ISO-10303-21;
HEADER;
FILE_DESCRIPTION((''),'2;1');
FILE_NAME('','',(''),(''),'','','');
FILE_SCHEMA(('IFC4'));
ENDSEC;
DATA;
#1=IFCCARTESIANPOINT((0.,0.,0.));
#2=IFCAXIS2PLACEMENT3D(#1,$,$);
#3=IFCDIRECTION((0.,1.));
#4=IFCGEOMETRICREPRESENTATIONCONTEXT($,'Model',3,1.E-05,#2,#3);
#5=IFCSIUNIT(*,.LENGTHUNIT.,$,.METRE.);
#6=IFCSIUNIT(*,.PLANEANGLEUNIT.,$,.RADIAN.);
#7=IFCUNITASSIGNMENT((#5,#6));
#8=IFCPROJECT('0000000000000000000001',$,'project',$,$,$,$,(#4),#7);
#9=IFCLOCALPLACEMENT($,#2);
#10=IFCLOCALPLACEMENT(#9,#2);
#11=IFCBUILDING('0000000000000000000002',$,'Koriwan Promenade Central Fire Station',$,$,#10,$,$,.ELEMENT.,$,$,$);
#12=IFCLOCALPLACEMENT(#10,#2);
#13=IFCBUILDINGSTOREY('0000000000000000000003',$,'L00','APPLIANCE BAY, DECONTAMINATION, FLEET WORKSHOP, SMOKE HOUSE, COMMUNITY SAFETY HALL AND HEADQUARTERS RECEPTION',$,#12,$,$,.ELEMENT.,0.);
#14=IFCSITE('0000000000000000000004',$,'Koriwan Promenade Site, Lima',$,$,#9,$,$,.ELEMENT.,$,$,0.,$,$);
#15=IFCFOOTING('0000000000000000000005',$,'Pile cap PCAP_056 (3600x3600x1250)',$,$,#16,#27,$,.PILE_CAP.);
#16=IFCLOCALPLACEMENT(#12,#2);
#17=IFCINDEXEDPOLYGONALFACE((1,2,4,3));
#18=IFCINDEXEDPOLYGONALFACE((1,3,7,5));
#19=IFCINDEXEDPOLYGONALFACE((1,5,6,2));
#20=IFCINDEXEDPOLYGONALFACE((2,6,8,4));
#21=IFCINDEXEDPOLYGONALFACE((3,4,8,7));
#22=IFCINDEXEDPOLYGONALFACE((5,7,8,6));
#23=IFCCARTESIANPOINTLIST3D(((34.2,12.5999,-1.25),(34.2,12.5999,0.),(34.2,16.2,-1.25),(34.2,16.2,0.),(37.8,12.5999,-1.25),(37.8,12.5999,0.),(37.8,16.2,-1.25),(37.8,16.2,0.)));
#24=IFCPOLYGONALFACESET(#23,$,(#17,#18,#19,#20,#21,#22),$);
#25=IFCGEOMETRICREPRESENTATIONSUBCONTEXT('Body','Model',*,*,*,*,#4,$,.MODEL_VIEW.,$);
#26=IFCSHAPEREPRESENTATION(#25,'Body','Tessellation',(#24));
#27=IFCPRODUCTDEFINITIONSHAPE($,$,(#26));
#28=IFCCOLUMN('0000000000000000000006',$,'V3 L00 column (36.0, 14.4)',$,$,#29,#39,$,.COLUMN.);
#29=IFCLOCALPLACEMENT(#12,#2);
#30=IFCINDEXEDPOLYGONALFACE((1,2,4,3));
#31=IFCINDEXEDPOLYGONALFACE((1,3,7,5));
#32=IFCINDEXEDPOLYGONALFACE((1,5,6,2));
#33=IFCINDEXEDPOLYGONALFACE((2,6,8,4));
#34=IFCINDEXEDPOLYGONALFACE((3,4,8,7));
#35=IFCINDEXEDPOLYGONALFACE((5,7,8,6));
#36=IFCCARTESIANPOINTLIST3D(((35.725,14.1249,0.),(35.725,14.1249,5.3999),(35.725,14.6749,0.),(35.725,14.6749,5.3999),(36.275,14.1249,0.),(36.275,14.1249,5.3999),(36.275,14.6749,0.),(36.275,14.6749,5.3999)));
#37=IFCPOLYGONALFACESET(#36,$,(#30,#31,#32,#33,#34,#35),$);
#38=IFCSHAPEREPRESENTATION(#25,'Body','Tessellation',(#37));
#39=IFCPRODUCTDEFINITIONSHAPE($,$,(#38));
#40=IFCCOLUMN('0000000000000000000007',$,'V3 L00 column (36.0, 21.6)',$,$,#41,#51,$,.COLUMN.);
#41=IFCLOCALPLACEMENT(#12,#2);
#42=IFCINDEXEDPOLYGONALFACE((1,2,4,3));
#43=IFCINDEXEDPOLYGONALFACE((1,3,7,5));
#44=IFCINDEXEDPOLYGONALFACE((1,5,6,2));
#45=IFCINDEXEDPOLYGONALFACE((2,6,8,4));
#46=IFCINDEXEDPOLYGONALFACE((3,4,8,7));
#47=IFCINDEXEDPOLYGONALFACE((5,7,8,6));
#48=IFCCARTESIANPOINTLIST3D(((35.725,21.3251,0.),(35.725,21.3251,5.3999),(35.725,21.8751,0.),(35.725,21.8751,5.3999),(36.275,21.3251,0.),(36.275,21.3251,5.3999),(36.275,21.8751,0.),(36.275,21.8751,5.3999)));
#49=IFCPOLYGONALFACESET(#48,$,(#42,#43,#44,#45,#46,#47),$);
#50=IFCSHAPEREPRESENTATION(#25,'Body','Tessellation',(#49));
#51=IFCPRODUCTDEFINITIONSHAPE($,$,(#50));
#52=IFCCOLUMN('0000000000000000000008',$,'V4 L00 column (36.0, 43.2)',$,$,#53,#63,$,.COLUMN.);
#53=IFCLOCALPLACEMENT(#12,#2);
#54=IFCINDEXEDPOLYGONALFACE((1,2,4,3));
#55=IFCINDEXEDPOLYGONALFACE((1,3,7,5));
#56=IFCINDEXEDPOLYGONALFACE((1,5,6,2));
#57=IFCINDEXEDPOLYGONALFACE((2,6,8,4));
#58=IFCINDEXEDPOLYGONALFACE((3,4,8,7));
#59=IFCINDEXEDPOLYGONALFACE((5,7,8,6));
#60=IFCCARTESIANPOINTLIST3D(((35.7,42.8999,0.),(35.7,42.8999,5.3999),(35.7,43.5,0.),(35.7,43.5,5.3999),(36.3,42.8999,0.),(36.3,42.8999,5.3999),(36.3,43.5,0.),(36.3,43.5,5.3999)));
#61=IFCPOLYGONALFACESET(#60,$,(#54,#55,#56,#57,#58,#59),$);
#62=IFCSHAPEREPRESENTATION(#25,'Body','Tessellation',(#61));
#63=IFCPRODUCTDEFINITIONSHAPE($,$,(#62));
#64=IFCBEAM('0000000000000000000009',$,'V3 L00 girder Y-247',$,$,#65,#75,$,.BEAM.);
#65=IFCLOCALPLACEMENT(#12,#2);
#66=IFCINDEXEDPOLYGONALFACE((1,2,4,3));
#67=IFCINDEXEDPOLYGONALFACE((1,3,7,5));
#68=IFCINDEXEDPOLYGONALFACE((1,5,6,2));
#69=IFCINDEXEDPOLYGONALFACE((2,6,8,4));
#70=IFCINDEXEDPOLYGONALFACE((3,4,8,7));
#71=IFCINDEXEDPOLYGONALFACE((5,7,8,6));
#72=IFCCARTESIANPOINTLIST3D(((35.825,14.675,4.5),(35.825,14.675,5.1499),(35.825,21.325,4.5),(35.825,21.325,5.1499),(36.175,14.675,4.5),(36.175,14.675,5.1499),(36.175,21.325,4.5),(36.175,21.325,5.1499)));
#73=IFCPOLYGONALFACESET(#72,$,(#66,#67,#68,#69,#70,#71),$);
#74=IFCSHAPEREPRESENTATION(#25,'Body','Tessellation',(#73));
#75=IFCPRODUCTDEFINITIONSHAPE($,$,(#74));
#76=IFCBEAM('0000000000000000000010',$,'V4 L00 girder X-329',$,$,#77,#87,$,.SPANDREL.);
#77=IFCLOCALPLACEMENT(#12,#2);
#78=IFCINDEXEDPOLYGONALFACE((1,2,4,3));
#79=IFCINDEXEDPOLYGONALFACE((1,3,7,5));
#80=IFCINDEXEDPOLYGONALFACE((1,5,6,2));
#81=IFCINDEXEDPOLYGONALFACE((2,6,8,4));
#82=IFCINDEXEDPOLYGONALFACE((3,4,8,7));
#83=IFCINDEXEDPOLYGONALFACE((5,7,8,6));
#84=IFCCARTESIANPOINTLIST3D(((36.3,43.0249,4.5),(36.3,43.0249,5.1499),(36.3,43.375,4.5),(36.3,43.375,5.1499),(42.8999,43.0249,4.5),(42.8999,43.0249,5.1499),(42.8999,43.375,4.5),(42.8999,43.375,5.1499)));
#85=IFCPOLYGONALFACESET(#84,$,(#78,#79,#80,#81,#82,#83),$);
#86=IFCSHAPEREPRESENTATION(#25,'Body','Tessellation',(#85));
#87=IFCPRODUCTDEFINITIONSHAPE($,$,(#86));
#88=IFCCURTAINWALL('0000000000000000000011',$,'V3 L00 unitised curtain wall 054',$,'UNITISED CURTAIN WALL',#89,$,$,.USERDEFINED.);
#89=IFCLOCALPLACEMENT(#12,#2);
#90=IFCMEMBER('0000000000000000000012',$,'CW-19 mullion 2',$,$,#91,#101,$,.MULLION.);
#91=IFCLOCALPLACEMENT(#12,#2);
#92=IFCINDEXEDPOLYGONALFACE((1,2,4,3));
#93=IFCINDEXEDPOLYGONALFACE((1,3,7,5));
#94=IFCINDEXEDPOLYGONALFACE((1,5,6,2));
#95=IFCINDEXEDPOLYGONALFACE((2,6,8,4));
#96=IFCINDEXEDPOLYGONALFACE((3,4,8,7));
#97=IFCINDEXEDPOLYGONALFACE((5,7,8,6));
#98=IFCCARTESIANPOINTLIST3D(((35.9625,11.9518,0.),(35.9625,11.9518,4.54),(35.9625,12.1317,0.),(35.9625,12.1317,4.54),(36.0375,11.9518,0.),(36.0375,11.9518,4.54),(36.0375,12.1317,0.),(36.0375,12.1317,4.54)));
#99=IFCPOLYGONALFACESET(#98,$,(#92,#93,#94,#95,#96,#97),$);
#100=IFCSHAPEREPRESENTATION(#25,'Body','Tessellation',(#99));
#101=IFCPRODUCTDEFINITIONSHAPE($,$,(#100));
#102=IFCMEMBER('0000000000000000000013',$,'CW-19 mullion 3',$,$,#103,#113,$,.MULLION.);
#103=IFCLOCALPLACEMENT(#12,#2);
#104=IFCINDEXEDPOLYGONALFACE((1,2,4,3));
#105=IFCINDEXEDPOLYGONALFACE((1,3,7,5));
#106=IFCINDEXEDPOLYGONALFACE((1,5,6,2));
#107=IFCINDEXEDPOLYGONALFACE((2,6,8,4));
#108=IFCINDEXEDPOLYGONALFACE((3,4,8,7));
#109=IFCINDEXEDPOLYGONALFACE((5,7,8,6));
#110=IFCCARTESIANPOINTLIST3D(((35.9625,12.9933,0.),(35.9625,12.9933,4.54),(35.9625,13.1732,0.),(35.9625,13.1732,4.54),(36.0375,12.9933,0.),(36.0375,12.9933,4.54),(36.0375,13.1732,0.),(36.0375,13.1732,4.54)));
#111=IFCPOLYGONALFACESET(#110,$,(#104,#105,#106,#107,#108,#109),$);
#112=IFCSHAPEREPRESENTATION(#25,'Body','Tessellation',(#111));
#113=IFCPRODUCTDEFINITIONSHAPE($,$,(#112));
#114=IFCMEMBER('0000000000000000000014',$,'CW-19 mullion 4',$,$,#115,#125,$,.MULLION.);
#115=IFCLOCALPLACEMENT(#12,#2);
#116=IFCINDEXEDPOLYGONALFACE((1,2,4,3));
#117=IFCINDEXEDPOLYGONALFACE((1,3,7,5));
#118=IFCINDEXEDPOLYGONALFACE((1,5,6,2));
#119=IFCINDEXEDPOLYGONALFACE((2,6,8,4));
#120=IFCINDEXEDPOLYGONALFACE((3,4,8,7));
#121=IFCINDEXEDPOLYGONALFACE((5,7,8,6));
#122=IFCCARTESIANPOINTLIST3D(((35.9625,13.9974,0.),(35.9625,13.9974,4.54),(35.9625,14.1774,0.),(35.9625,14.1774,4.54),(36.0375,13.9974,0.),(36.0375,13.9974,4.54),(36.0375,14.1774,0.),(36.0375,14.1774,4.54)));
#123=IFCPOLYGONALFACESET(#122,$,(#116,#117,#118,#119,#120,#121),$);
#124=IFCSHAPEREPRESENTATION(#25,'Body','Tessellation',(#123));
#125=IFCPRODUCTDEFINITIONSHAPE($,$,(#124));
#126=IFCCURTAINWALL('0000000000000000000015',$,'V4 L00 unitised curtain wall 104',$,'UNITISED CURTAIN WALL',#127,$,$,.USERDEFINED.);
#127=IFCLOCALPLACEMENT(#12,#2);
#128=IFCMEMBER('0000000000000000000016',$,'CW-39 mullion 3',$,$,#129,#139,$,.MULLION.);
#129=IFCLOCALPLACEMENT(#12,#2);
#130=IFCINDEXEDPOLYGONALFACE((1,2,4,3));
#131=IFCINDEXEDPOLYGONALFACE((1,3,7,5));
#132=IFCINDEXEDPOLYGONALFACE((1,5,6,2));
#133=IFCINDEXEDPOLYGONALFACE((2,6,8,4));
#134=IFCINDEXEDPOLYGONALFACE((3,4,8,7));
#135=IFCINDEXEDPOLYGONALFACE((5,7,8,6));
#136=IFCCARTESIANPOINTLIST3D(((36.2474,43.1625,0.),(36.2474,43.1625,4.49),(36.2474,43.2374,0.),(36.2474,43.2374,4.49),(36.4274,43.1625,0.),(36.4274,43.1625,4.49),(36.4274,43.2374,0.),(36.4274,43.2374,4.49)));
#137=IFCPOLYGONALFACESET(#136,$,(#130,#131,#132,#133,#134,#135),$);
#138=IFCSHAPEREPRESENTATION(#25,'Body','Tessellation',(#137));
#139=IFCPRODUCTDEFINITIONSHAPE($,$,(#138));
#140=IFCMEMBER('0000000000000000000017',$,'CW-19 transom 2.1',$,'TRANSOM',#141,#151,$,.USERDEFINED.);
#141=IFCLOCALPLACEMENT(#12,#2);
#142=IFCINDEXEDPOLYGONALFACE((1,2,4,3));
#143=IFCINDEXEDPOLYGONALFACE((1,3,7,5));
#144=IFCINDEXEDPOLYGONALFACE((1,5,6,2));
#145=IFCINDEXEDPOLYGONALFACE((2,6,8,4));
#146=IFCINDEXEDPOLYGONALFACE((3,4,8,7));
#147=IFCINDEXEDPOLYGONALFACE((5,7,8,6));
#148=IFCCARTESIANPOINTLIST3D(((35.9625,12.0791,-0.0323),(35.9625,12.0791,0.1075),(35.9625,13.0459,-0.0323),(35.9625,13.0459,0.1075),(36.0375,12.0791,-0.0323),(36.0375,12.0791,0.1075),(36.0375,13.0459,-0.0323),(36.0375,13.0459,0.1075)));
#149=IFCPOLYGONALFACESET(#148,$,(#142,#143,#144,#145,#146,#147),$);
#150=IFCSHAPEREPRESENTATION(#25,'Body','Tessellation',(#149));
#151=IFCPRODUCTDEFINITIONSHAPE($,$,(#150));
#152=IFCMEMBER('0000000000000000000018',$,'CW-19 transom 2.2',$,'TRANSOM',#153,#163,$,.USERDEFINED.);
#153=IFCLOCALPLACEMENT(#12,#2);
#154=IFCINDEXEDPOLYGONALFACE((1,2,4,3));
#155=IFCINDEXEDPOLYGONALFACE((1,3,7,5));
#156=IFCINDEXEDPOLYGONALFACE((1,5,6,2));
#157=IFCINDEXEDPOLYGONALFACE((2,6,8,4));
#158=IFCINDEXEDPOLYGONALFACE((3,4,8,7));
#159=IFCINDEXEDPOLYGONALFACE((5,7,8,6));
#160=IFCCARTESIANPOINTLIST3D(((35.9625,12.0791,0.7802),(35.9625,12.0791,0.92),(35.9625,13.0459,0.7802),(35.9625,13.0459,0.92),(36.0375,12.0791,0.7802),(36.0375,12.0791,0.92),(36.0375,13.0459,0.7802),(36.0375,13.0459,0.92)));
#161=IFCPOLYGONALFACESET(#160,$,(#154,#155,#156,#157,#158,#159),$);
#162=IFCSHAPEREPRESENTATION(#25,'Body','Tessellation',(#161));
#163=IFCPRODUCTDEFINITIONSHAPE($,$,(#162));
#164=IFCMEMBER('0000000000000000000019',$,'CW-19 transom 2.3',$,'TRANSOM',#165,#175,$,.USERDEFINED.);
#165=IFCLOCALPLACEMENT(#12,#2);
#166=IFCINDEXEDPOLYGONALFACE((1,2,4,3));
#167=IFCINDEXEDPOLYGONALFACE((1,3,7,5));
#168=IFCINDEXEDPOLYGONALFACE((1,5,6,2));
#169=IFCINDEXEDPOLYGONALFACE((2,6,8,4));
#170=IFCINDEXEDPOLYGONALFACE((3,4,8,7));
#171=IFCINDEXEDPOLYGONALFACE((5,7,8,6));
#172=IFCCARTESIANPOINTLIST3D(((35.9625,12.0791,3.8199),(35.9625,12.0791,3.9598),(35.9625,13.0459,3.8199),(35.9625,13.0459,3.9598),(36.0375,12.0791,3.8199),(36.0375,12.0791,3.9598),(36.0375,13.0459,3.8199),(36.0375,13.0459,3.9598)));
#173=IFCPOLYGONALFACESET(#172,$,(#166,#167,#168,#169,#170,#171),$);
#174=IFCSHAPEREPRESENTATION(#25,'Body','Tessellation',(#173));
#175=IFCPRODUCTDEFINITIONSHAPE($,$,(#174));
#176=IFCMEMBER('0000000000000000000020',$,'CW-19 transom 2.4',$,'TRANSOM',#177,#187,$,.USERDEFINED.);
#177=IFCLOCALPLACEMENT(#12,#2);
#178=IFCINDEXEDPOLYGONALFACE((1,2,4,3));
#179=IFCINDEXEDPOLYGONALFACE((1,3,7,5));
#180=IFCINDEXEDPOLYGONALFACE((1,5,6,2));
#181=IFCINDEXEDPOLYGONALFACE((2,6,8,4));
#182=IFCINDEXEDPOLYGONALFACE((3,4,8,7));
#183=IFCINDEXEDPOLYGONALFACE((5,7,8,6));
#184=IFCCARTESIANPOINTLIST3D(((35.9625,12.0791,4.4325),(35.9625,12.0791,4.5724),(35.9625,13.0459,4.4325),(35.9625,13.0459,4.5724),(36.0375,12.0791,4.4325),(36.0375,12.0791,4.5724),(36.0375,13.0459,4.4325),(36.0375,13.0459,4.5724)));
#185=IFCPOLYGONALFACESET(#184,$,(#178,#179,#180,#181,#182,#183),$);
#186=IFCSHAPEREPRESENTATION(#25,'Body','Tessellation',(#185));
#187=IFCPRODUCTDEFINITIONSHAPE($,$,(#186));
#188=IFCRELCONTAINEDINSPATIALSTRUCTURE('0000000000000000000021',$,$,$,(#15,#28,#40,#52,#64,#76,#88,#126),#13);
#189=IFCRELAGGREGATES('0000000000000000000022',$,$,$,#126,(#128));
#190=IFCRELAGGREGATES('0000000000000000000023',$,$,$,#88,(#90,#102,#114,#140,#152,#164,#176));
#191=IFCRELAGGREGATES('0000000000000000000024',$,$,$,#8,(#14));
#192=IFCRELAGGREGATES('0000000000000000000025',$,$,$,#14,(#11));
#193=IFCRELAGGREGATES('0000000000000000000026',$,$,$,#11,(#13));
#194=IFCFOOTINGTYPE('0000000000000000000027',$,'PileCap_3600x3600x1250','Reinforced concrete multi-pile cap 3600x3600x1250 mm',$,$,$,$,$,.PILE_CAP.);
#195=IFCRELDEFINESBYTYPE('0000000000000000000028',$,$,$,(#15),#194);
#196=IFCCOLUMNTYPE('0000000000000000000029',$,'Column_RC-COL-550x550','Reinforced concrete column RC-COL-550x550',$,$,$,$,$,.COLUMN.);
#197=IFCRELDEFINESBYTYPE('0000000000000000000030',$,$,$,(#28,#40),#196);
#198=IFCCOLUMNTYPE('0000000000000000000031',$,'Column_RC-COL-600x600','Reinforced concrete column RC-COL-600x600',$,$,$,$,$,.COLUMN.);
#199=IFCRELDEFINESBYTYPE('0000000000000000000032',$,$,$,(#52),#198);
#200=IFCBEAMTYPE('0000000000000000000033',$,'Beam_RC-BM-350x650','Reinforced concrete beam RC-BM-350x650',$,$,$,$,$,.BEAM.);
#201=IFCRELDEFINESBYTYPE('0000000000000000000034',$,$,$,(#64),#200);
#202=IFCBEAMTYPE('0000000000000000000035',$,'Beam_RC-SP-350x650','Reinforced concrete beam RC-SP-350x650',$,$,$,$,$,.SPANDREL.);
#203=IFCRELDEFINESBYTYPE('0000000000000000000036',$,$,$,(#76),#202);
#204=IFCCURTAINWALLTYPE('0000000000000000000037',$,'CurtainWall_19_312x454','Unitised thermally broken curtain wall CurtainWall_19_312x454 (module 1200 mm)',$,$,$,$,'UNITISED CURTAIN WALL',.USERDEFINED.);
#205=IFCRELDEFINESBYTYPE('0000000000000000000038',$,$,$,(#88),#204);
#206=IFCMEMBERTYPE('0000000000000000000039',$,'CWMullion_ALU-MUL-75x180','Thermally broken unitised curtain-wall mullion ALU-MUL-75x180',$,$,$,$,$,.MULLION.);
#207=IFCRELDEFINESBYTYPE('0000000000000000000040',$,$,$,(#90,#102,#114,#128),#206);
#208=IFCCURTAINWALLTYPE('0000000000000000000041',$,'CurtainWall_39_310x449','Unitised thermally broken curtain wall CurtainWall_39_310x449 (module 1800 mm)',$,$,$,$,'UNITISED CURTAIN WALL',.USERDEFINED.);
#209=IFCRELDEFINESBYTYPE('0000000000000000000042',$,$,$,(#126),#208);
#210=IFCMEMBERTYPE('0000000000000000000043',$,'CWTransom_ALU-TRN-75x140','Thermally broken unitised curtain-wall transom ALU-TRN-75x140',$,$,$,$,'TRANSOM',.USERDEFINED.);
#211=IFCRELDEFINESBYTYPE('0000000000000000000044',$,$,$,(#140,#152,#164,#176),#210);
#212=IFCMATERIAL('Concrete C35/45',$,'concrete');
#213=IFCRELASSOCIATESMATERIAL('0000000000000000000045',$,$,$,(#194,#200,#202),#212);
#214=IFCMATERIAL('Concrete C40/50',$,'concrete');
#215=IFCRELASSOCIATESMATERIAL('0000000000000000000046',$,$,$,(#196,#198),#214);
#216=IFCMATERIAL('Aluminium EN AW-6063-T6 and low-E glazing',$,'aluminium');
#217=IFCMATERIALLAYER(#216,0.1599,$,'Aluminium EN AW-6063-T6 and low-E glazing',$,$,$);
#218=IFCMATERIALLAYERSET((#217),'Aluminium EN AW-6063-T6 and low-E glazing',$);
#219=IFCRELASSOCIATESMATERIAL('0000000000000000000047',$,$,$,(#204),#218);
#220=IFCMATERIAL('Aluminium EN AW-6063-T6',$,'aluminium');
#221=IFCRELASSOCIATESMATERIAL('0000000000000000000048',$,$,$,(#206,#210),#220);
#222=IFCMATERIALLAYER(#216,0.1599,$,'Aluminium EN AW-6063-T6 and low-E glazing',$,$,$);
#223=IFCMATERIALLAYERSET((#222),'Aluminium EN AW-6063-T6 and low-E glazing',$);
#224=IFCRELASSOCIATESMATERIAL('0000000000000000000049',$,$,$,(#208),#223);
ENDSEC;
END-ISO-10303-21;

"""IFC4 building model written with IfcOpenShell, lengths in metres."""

from ifc_helpers import new_model, si_unit, direction, frame, origin, origin_2d, place, context, subcontext, project, spatial, rectangle, extrude, material, layer, layer_set, material_profile, profile_set, type_object, element, aggregate, save


model = new_model("IFC4")

# Units and contexts
model_context = context("Model", 3, precision=1e-05, world=origin(), true_north=direction((0.0, 1.0)))
body_context = subcontext(model_context, "Body", "Model", "MODEL_VIEW")
ifc_project = project(units=[si_unit("LENGTHUNIT", "METRE"), si_unit("PLANEANGLEUNIT", "RADIAN")], contexts=[model_context])

# Site, building, storey
site_placement = place(None, origin())
site = spatial("IfcSite", under=ifc_project, at=site_placement, Name="Koriwan Promenade Site, Lima", CompositionType="ELEMENT", RefElevation=0.0)
building_placement = place(site_placement, origin())
building = spatial("IfcBuilding", under=site, at=building_placement, Name="Koriwan Promenade Central Fire Station", CompositionType="ELEMENT")
storey_placement = place(building_placement, origin())
storey = spatial("IfcBuildingStorey", under=building, at=storey_placement, Name="L00", Description="APPLIANCE BAY, DECONTAMINATION, FLEET WORKSHOP, SMOKE HOUSE, COMMUNITY SAFETY HALL AND HEADQUARTERS RECEPTION", CompositionType="ELEMENT", Elevation=0.0)

# Shared definitions
ifc_material_1 = material(Name="Concrete C35/45", Category="concrete")

# Footing
footing_type_1 = type_object("IfcFootingType", Name="PileCap_3600x3600x1250", Description="Reinforced concrete multi-pile cap 3600x3600x1250 mm", PredefinedType="PILE_CAP", material=ifc_material_1)
footing_1_placement = place(storey_placement, frame((36.0, 14.3999, -1.25), z_axis=(0.0, 0.0, 1.0), x_axis=(1.0, 0.0, 0.0)))
element("IfcFooting", 1, at=footing_1_placement, inside=storey, type_object=footing_type_1, Name="Pile cap PCAP_056 (3600x3600x1250)", PredefinedType="PILE_CAP", context=body_context, shape_type="SweptSolid", body=[
    extrude(rectangle(XDim=3.6001, YDim=3.6001, at=origin_2d()), origin(), (0.0, 0.0, 1.0), 1.25),
])

# Columns
ifc_material_2 = material(Name="Concrete C40/50", Category="concrete")
ifc_material_profile_1 = material_profile(ifc_material_2, rectangle(XDim=0.55, YDim=0.55, at=origin_2d()), Name="RC-COL-550x550")
ifc_profile_set_1 = profile_set([ifc_material_profile_1], Name="Concrete C40/50")
column_type_1 = type_object("IfcColumnType", Name="Column_RC-COL-550x550", Description="Reinforced concrete column RC-COL-550x550", PredefinedType="COLUMN", material=ifc_profile_set_1)
for number, where, z_axis, x_axis, name in (
    (2, (36.0, 14.3999, 0.0), (0.0, 0.0, 1.0), (1.0, 0.0, 0.0), "V3 L00 column (36.0, 14.4)"),
    (3, (36.0, 21.6001, 0.0), (0.0, 0.0, 1.0), (1.0, 0.0, 0.0), "V3 L00 column (36.0, 21.6)"),
):
    element("IfcColumn", number, at=place(storey_placement, frame(where, z_axis=z_axis, x_axis=x_axis)), inside=storey, type_object=column_type_1, Name=name, PredefinedType="COLUMN", context=body_context, shape_type="SweptSolid", body=[
        extrude(rectangle(XDim=0.55, YDim=0.55, at=origin_2d()), origin(), (0.0, 0.0, 1.0), 5.3999),
    ])
ifc_material_profile_2 = material_profile(ifc_material_2, rectangle(XDim=0.6001, YDim=0.6001, at=origin_2d()), Name="RC-COL-600x600")
ifc_profile_set_2 = profile_set([ifc_material_profile_2], Name="Concrete C40/50")
column_type_2 = type_object("IfcColumnType", Name="Column_RC-COL-600x600", Description="Reinforced concrete column RC-COL-600x600", PredefinedType="COLUMN", material=ifc_profile_set_2)
column_placement = place(storey_placement, frame((36.0, 43.2, 0.0), z_axis=(0.0, 0.0, 1.0), x_axis=(1.0, 0.0, 0.0)))
element("IfcColumn", 4, at=column_placement, inside=storey, type_object=column_type_2, Name="V4 L00 column (36.0, 43.2)", PredefinedType="COLUMN", context=body_context, shape_type="SweptSolid", body=[
    extrude(rectangle(XDim=0.6001, YDim=0.6001, at=origin_2d()), origin(), (0.0, 0.0, 1.0), 5.3999),
])

# Beams
ifc_material_profile_3 = material_profile(ifc_material_1, rectangle(XDim=0.3501, YDim=0.6499, at=origin_2d()), Name="RC-BM-350x650")
ifc_profile_set_3 = profile_set([ifc_material_profile_3], Name="Concrete C35/45")
beam_type_1 = type_object("IfcBeamType", Name="Beam_RC-BM-350x650", Description="Reinforced concrete beam RC-BM-350x650", PredefinedType="BEAM", material=ifc_profile_set_3)
beam_1_placement = place(storey_placement, frame((36.0, 14.675, 4.825), z_axis=(0.0, 1.0, 0.0), x_axis=(-1.0, 0.0, 0.0)))
element("IfcBeam", 5, at=beam_1_placement, inside=storey, type_object=beam_type_1, Name="V3 L00 girder Y-247", PredefinedType="BEAM", context=body_context, shape_type="SweptSolid", body=[
    extrude(rectangle(XDim=0.3501, YDim=0.6499, at=origin_2d()), origin(), (0.0, 0.0, 1.0), 6.6499),
])
ifc_material_profile_4 = material_profile(ifc_material_1, rectangle(XDim=0.3501, YDim=0.6499, at=origin_2d()), Name="RC-SP-350x650")
ifc_profile_set_4 = profile_set([ifc_material_profile_4], Name="Concrete C35/45")
beam_type_2 = type_object("IfcBeamType", Name="Beam_RC-SP-350x650", Description="Reinforced concrete beam RC-SP-350x650", PredefinedType="SPANDREL", material=ifc_profile_set_4)
beam_2_placement = place(storey_placement, frame((36.3, 43.2, 4.825), z_axis=(1.0, 0.0, 0.0), x_axis=(0.0, 1.0, 0.0)))
element("IfcBeam", 6, at=beam_2_placement, inside=storey, type_object=beam_type_2, Name="V4 L00 girder X-329", PredefinedType="SPANDREL", context=body_context, shape_type="SweptSolid", body=[
    extrude(rectangle(XDim=0.3501, YDim=0.6499, at=origin_2d()), origin(), (0.0, 0.0, 1.0), 6.5999),
])

# Curtain wall, members
ifc_material_3 = material(Name="Aluminium EN AW-6063-T6 and low-E glazing", Category="aluminium")
ifc_layer_1 = layer(ifc_material_3, 0.1599, Name="Aluminium EN AW-6063-T6 and low-E glazing")
ifc_layer_set_1 = layer_set([ifc_layer_1], Name="Aluminium EN AW-6063-T6 and low-E glazing")
curtain_wall_type_1 = type_object("IfcCurtainWallType", Name="CurtainWall_19_312x454", Description="Unitised thermally broken curtain wall CurtainWall_19_312x454 (module 1200 mm)", ElementType="UNITISED CURTAIN WALL", PredefinedType="USERDEFINED", material=ifc_layer_set_1)
curtain_wall_1_placement = place(storey_placement, origin())
curtain_wall_1 = element("IfcCurtainWall", 7, at=curtain_wall_1_placement, inside=storey, type_object=curtain_wall_type_1, Name="V3 L00 unitised curtain wall 054", ObjectType="UNITISED CURTAIN WALL", PredefinedType="USERDEFINED")
ifc_material_4 = material(Name="Aluminium EN AW-6063-T6", Category="aluminium")
ifc_material_profile_5 = material_profile(ifc_material_4, rectangle(XDim=0.075, YDim=0.1799, at=origin_2d()), Name="ALU-MUL-75x180")
ifc_profile_set_5 = profile_set([ifc_material_profile_5], Name="Aluminium EN AW-6063-T6")
member_type_1 = type_object("IfcMemberType", Name="CWMullion_ALU-MUL-75x180", Description="Thermally broken unitised curtain-wall mullion ALU-MUL-75x180", PredefinedType="MULLION", material=ifc_profile_set_5)
member_1_placement = place(storey_placement, frame((36.0, 12.0417, 0.0), z_axis=(0.0, 0.0, 1.0), x_axis=(-1.0, 0.0, 0.0)))
member_1 = element("IfcMember", 8, at=member_1_placement, type_object=member_type_1, Name="CW-19 mullion 2", PredefinedType="MULLION", context=body_context, shape_type="SweptSolid", body=[
    extrude(rectangle(XDim=0.075, YDim=0.1799, at=origin_2d()), origin(), (0.0, 0.0, 1.0), 4.54),
])
member_2_placement = place(storey_placement, frame((36.0, 13.0833, 0.0), z_axis=(0.0, 0.0, 1.0), x_axis=(-1.0, 0.0, 0.0)))
member_2 = element("IfcMember", 9, at=member_2_placement, type_object=member_type_1, Name="CW-19 mullion 3", PredefinedType="MULLION", context=body_context, shape_type="SweptSolid", body=[
    extrude(rectangle(XDim=0.075, YDim=0.1799, at=origin_2d()), origin(), (0.0, 0.0, 1.0), 4.54),
])
member_3_placement = place(storey_placement, frame((36.0, 14.0874, 0.0), z_axis=(0.0, 0.0, 1.0), x_axis=(-1.0, 0.0, 0.0)))
member_3 = element("IfcMember", 10, at=member_3_placement, type_object=member_type_1, Name="CW-19 mullion 4", PredefinedType="MULLION", context=body_context, shape_type="SweptSolid", body=[
    extrude(rectangle(XDim=0.075, YDim=0.1799, at=origin_2d()), origin(), (0.0, 0.0, 1.0), 4.54),
])

# Curtain wall, member
ifc_layer_2 = layer(ifc_material_3, 0.1599, Name="Aluminium EN AW-6063-T6 and low-E glazing")
ifc_layer_set_2 = layer_set([ifc_layer_2], Name="Aluminium EN AW-6063-T6 and low-E glazing")
curtain_wall_type_2 = type_object("IfcCurtainWallType", Name="CurtainWall_39_310x449", Description="Unitised thermally broken curtain wall CurtainWall_39_310x449 (module 1800 mm)", ElementType="UNITISED CURTAIN WALL", PredefinedType="USERDEFINED", material=ifc_layer_set_2)
curtain_wall_2_placement = place(storey_placement, origin())
curtain_wall_2 = element("IfcCurtainWall", 11, at=curtain_wall_2_placement, inside=storey, type_object=curtain_wall_type_2, Name="V4 L00 unitised curtain wall 104", ObjectType="UNITISED CURTAIN WALL", PredefinedType="USERDEFINED")
member_4_placement = place(storey_placement, frame((36.3374, 43.2, 0.0), z_axis=(0.0, 0.0, 1.0), x_axis=(0.0, -1.0, 0.0)))
member_4 = element("IfcMember", 12, at=member_4_placement, type_object=member_type_1, Name="CW-39 mullion 3", PredefinedType="MULLION", context=body_context, shape_type="SweptSolid", body=[
    extrude(rectangle(XDim=0.075, YDim=0.1799, at=origin_2d()), origin(), (0.0, 0.0, 1.0), 4.49),
])
aggregate(curtain_wall_2, [member_4])

# Members
ifc_material_profile_6 = material_profile(ifc_material_4, rectangle(XDim=0.075, YDim=0.1399, at=origin_2d()), Name="ALU-TRN-75x140")
ifc_profile_set_6 = profile_set([ifc_material_profile_6], Name="Aluminium EN AW-6063-T6")
member_type_2 = type_object("IfcMemberType", Name="CWTransom_ALU-TRN-75x140", Description="Thermally broken unitised curtain-wall transom ALU-TRN-75x140", ElementType="TRANSOM", PredefinedType="USERDEFINED", material=ifc_profile_set_6)
member_5_placement = place(storey_placement, frame((36.0, 12.0791, 0.0376), z_axis=(0.0, 1.0, 0.0), x_axis=(-1.0, 0.0, 0.0)))
member_5 = element("IfcMember", 13, at=member_5_placement, type_object=member_type_2, Name="CW-19 transom 2.1", ObjectType="TRANSOM", PredefinedType="USERDEFINED", context=body_context, shape_type="SweptSolid", body=[
    extrude(rectangle(XDim=0.075, YDim=0.1399, at=origin_2d()), origin(), (0.0, 0.0, 1.0), 0.9668),
])
member_6_placement = place(storey_placement, frame((36.0, 12.0791, 0.8501), z_axis=(0.0, 1.0, 0.0), x_axis=(-1.0, 0.0, 0.0)))
member_6 = element("IfcMember", 14, at=member_6_placement, type_object=member_type_2, Name="CW-19 transom 2.2", ObjectType="TRANSOM", PredefinedType="USERDEFINED", context=body_context, shape_type="SweptSolid", body=[
    extrude(rectangle(XDim=0.075, YDim=0.1399, at=origin_2d()), origin(), (0.0, 0.0, 1.0), 0.9668),
])
member_7_placement = place(storey_placement, frame((36.0, 12.0791, 3.8899), z_axis=(0.0, 1.0, 0.0), x_axis=(-1.0, 0.0, 0.0)))
member_7 = element("IfcMember", 15, at=member_7_placement, type_object=member_type_2, Name="CW-19 transom 2.3", ObjectType="TRANSOM", PredefinedType="USERDEFINED", context=body_context, shape_type="SweptSolid", body=[
    extrude(rectangle(XDim=0.075, YDim=0.1399, at=origin_2d()), origin(), (0.0, 0.0, 1.0), 0.9668),
])
member_8_placement = place(storey_placement, frame((36.0, 12.0791, 4.5024), z_axis=(0.0, 1.0, 0.0), x_axis=(-1.0, 0.0, 0.0)))
member_8 = element("IfcMember", 16, at=member_8_placement, type_object=member_type_2, Name="CW-19 transom 2.4", ObjectType="TRANSOM", PredefinedType="USERDEFINED", context=body_context, shape_type="SweptSolid", body=[
    extrude(rectangle(XDim=0.075, YDim=0.1399, at=origin_2d()), origin(), (0.0, 0.0, 1.0), 0.9668),
])

aggregate(curtain_wall_1, [member_1, member_2, member_3, member_5, member_6, member_7, member_8])

save(model, "model.ifc")
